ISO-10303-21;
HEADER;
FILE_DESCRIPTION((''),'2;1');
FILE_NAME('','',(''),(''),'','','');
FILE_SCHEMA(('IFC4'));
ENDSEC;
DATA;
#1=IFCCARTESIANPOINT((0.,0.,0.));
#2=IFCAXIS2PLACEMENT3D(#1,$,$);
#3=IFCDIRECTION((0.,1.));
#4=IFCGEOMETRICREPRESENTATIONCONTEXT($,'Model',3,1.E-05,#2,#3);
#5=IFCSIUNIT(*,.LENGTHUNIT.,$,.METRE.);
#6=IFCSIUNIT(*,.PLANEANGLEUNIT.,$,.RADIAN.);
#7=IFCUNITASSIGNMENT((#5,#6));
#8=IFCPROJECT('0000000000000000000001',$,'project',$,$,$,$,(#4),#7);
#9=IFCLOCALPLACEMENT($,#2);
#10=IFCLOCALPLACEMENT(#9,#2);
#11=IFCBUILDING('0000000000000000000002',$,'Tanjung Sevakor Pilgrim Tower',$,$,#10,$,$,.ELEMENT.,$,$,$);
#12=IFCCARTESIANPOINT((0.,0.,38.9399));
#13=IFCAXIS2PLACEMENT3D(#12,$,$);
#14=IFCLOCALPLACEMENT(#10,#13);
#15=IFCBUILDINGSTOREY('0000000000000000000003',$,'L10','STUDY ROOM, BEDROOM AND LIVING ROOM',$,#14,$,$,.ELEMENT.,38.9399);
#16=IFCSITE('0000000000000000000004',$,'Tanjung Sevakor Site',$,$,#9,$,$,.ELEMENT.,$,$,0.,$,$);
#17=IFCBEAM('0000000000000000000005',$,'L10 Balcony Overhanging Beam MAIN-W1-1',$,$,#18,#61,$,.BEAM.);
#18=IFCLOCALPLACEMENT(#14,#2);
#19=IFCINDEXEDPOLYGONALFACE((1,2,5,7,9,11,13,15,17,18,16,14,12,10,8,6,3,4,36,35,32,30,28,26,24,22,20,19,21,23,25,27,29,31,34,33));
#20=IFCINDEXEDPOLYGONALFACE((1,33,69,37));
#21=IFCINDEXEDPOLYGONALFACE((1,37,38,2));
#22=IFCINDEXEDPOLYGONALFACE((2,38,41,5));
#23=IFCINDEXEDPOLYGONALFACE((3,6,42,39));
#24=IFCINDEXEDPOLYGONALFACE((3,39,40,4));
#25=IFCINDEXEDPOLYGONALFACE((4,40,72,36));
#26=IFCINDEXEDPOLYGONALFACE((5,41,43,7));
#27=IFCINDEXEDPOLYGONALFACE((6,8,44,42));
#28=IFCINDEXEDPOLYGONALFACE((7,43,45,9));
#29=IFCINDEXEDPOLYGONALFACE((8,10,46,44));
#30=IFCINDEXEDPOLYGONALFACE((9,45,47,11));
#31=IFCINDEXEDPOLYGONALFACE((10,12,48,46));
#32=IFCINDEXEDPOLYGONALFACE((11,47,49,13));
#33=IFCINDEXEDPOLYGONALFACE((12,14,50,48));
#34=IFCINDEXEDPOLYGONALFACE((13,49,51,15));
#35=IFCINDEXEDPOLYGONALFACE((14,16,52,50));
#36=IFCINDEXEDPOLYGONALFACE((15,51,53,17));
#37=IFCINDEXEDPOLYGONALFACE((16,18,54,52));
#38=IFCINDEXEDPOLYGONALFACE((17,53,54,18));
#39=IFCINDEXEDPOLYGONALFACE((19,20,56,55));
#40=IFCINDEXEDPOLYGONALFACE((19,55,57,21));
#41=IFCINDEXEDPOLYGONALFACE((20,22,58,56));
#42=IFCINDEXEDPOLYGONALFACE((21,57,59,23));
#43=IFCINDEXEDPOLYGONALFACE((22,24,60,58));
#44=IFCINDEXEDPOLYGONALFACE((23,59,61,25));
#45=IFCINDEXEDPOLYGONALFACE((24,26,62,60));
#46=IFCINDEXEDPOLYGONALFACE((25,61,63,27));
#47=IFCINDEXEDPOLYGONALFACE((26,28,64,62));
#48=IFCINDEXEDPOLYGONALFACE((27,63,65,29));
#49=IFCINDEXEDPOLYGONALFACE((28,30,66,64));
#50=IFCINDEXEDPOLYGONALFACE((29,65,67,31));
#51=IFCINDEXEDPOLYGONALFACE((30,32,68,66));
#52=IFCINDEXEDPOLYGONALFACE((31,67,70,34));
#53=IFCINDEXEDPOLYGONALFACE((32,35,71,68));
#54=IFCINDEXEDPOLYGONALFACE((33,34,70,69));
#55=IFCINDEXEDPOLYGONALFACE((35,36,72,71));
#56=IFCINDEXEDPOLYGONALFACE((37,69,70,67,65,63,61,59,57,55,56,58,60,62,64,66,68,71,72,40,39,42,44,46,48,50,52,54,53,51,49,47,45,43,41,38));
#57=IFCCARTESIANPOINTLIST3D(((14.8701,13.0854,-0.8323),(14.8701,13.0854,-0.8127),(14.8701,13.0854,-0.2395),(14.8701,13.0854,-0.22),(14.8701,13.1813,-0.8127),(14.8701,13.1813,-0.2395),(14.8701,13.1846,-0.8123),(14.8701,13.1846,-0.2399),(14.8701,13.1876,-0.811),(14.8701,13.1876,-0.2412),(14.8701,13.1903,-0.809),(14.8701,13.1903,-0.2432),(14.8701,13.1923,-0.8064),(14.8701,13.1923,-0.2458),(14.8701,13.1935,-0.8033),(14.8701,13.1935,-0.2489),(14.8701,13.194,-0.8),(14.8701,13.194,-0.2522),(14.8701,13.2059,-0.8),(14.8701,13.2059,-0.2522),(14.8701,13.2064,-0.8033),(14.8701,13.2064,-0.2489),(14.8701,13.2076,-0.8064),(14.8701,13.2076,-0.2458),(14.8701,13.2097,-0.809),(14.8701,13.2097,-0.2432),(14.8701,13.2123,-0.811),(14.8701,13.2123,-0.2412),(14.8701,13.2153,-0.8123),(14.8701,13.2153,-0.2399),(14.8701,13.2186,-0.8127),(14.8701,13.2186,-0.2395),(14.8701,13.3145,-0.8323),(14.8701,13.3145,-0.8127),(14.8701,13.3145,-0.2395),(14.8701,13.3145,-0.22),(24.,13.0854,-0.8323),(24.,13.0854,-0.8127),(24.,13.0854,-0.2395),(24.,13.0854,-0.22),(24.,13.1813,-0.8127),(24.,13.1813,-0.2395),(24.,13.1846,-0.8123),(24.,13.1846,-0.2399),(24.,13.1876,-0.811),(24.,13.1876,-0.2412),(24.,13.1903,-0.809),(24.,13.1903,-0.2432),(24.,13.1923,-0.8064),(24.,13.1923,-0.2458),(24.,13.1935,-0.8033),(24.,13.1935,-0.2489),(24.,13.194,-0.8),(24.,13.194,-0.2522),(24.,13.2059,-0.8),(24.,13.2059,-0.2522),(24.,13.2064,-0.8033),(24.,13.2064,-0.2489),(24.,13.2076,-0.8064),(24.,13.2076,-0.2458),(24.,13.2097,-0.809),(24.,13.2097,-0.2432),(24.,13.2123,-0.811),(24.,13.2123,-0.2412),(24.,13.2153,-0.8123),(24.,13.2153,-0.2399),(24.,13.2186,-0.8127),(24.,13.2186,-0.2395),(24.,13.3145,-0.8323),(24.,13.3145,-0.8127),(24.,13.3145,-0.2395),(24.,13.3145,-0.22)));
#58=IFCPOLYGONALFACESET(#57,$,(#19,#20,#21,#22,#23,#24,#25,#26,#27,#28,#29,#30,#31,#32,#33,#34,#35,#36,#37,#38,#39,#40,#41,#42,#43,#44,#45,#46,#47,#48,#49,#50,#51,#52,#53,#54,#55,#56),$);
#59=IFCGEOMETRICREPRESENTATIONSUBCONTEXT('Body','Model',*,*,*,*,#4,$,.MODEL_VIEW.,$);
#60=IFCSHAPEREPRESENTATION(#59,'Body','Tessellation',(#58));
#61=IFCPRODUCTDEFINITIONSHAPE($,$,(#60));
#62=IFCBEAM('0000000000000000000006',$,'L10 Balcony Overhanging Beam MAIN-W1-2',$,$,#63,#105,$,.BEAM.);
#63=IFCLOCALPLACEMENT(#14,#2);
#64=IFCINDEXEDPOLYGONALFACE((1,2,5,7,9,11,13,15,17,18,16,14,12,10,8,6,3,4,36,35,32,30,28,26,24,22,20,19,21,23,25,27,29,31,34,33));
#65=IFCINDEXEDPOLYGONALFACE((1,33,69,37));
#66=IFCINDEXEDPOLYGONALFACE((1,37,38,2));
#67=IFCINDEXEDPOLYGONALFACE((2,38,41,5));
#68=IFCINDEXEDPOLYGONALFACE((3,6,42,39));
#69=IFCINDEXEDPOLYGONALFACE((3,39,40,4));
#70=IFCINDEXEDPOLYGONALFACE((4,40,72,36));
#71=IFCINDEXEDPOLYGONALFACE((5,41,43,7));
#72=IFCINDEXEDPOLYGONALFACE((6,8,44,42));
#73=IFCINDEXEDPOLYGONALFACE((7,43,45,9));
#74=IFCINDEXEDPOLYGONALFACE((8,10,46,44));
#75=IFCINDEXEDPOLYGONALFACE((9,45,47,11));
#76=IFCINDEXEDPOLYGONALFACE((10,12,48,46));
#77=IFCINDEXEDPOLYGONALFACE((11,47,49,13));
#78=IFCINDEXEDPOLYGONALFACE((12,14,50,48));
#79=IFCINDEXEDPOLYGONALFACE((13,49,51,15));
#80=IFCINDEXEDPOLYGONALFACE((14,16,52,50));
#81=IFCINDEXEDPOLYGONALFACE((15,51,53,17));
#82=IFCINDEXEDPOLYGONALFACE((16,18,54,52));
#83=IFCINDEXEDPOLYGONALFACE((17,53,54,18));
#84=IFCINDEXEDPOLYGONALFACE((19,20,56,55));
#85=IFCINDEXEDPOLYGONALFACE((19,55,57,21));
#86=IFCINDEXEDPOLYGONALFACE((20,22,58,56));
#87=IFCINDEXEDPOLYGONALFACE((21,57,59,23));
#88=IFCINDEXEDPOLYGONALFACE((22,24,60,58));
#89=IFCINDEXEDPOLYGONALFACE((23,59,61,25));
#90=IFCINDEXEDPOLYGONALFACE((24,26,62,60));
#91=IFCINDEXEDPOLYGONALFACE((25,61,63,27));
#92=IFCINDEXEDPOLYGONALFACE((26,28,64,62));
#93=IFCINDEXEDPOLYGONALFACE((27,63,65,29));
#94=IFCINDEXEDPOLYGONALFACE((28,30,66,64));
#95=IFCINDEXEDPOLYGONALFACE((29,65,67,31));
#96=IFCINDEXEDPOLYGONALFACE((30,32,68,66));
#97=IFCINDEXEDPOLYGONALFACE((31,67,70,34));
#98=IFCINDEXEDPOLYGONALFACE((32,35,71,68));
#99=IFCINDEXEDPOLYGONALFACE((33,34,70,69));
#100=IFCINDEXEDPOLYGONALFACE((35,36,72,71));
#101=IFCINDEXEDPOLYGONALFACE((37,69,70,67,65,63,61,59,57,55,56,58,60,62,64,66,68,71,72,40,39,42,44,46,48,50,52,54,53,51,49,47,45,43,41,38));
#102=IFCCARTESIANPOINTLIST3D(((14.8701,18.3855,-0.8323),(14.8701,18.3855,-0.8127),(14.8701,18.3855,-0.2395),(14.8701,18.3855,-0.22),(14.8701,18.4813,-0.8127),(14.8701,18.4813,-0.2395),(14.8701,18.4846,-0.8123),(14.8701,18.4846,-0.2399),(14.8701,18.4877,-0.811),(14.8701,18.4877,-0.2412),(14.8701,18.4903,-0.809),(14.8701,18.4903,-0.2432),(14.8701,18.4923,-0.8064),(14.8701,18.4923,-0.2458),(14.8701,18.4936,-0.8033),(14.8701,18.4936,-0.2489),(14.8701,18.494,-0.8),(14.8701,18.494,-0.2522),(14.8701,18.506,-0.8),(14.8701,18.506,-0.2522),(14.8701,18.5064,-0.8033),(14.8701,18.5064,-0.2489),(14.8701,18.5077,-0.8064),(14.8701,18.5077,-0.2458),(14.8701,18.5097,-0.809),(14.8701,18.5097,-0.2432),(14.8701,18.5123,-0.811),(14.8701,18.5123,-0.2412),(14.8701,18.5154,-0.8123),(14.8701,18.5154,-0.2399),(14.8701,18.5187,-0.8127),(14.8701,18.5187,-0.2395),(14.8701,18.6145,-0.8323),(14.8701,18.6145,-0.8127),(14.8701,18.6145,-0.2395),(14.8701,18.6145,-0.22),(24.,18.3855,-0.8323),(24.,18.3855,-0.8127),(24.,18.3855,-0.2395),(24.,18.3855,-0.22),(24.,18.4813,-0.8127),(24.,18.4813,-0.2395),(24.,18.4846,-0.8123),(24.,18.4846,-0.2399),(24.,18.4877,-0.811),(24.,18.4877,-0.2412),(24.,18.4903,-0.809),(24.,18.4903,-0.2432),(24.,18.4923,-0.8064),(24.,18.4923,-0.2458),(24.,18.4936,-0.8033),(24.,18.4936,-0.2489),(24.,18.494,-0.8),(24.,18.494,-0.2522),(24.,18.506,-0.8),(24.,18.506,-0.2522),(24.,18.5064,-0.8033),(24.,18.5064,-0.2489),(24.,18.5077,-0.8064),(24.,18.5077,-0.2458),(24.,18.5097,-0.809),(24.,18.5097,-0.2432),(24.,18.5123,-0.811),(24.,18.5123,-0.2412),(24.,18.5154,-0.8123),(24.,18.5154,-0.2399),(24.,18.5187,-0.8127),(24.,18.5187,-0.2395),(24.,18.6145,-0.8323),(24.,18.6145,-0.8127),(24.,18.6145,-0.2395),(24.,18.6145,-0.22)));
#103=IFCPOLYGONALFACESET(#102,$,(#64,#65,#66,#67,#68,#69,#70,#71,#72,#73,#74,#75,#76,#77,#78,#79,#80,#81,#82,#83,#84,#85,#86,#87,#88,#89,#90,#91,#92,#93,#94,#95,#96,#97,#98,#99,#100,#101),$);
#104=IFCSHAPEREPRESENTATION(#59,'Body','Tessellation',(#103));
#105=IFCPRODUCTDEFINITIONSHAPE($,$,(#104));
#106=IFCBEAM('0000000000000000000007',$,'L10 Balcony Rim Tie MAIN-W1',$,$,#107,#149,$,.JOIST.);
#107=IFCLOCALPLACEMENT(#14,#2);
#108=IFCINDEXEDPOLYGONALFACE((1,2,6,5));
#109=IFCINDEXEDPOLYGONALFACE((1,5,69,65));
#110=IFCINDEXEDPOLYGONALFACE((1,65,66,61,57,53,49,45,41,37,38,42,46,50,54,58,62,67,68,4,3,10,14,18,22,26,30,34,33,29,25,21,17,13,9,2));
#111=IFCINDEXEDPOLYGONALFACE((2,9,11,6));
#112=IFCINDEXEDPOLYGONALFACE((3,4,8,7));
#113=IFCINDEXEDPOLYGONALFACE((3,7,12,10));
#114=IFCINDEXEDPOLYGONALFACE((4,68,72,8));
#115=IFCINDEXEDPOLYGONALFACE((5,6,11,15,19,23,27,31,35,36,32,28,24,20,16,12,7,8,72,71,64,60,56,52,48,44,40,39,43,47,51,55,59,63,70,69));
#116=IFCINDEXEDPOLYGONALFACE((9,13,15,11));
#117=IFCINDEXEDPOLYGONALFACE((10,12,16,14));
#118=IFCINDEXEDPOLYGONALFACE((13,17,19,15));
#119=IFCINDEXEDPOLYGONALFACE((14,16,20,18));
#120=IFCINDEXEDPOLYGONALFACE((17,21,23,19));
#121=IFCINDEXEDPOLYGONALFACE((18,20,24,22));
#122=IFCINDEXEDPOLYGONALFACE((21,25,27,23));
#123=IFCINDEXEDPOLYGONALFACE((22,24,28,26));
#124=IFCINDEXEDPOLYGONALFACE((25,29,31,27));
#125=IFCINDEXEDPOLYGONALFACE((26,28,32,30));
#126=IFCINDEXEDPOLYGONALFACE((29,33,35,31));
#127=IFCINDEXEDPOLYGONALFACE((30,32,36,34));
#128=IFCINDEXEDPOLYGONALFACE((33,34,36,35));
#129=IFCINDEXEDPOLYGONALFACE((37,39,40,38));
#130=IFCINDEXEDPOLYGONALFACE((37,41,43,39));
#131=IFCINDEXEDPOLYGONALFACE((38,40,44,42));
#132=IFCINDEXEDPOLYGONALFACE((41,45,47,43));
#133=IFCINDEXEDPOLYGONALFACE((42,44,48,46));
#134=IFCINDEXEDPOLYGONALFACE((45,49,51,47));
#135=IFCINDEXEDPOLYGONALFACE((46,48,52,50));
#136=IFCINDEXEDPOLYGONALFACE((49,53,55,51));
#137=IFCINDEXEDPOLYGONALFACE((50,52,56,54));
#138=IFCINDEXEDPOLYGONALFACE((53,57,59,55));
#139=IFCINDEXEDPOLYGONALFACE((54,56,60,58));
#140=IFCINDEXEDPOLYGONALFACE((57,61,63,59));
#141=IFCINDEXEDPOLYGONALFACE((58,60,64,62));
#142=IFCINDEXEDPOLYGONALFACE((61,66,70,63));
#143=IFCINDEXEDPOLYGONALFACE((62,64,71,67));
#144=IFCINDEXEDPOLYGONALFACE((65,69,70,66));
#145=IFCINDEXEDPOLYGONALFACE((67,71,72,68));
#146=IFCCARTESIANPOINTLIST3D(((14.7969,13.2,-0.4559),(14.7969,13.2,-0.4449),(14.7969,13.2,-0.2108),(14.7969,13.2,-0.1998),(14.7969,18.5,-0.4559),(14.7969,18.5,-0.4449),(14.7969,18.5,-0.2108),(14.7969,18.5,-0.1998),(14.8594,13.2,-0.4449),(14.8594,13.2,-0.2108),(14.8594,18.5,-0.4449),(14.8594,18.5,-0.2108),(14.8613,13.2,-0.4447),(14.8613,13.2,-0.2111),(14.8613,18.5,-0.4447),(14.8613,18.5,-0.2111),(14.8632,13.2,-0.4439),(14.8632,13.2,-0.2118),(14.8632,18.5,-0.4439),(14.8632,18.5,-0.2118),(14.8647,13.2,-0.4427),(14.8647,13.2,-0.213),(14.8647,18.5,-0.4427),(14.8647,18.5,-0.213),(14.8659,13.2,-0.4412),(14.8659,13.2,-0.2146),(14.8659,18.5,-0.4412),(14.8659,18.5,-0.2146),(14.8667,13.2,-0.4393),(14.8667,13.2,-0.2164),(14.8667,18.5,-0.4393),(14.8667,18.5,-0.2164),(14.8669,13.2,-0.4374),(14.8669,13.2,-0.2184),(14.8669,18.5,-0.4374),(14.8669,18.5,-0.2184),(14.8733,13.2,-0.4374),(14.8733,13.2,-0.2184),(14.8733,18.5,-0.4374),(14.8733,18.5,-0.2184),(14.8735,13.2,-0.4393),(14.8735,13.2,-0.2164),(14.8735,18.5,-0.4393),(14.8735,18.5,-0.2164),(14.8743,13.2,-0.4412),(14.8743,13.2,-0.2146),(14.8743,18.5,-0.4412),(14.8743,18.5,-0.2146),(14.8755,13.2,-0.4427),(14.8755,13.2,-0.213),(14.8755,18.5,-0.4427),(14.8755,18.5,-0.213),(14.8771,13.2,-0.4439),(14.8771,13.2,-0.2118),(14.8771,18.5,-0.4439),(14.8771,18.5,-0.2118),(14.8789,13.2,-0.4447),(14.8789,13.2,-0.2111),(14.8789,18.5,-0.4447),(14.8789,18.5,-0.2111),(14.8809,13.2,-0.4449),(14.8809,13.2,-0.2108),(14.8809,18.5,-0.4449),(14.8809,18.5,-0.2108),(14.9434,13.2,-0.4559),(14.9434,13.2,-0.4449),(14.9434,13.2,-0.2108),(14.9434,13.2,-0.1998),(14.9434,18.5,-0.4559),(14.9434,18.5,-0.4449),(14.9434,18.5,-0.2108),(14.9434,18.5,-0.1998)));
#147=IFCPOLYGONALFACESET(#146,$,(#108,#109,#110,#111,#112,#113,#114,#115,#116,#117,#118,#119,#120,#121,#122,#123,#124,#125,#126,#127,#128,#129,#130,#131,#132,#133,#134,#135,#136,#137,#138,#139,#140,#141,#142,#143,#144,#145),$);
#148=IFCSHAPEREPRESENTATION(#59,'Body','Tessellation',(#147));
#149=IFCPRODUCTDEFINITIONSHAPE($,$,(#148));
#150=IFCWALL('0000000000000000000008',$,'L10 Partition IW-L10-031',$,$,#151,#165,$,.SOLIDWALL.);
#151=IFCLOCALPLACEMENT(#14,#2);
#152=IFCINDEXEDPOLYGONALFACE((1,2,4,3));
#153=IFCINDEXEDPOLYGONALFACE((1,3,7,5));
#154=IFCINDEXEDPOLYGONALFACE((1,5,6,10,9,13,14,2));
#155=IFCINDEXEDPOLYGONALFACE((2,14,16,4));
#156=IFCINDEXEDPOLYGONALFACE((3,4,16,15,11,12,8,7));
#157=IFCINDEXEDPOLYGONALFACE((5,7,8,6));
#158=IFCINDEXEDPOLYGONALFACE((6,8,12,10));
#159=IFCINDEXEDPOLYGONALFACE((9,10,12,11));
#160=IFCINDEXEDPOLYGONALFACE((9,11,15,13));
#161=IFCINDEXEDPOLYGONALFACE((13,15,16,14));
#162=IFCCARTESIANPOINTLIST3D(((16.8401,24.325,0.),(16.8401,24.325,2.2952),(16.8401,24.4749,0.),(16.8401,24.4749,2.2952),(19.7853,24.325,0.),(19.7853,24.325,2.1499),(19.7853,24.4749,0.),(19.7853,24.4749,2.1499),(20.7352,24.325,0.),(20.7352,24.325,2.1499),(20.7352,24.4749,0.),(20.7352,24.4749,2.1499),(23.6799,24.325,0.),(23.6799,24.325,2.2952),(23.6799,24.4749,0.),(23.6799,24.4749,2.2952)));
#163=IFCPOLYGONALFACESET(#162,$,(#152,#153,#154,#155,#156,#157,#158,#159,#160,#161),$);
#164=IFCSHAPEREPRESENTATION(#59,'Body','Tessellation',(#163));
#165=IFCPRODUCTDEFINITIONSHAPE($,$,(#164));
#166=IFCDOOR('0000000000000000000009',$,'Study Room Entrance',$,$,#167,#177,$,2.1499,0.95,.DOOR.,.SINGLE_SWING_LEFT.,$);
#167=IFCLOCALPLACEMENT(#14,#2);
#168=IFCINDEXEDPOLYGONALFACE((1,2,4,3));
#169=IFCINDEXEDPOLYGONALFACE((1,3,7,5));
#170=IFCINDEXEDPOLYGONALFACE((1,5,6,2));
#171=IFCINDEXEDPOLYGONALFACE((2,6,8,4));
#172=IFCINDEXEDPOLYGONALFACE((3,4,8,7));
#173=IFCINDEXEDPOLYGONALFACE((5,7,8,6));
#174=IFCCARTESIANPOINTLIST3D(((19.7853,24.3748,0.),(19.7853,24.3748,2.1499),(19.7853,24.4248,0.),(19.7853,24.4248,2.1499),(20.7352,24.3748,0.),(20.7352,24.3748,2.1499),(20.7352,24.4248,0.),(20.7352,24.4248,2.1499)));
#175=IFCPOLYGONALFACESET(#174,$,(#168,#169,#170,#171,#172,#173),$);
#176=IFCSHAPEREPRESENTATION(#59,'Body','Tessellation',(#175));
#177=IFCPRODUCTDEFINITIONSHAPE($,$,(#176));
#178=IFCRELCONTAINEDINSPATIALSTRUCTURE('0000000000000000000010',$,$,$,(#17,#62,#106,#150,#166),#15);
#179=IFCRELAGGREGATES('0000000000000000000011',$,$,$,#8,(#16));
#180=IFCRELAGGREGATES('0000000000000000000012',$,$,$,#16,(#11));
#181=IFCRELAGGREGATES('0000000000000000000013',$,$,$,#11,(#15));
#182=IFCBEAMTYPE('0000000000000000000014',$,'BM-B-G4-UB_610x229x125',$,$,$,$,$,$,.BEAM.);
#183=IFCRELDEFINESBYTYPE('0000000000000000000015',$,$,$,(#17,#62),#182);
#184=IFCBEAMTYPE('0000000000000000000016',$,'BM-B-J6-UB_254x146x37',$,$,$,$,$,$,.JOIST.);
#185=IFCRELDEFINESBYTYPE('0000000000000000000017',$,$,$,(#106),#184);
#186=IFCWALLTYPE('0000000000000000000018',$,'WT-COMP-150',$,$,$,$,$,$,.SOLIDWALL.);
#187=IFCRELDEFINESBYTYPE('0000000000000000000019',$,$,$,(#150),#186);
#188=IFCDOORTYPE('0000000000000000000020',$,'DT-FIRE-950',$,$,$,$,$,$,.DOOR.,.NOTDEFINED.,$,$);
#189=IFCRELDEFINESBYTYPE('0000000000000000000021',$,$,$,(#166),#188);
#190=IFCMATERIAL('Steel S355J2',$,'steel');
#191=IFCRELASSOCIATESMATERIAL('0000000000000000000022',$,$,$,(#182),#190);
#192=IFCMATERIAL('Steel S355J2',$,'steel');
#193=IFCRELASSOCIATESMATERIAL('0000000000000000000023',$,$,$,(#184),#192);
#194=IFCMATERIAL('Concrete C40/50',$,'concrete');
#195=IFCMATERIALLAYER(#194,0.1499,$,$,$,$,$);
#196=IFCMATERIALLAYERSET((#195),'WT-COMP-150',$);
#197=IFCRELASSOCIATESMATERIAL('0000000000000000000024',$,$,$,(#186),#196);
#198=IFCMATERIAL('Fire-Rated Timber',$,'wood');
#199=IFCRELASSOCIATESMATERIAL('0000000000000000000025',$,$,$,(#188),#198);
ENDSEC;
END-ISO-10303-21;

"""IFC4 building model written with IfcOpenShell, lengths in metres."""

from ifc_helpers import new_model, si_unit, direction, frame, frame_2d, origin, origin_2d, place, context, subcontext, project, spatial, rectangle, i_section, extrude, material, layer, layer_set, material_profile, profile_set, type_object, element, fill, save


model = new_model("IFC4")

# Units and contexts
model_context = context("Model", 3, precision=1e-05, world=origin(), true_north=direction((0.0, 1.0)))
body_context = subcontext(model_context, "Body", "Model", "MODEL_VIEW")
ifc_project = project(units=[si_unit("LENGTHUNIT", "METRE"), si_unit("PLANEANGLEUNIT", "RADIAN")], contexts=[model_context])

# Site, building, storey
site_placement = place(None, origin())
site = spatial("IfcSite", under=ifc_project, at=site_placement, Name="Tanjung Sevakor Site", CompositionType="ELEMENT", RefElevation=0.0)
building_placement = place(site_placement, origin())
building = spatial("IfcBuilding", under=site, at=building_placement, Name="Tanjung Sevakor Pilgrim Tower", CompositionType="ELEMENT")
storey_placement = place(building_placement, frame((0.0, 0.0, 38.9399)))
storey = spatial("IfcBuildingStorey", under=building, at=storey_placement, Name="L10", Description="STUDY ROOM, BEDROOM AND LIVING ROOM", CompositionType="ELEMENT", Elevation=38.9399)

# Beams
ifc_material_1 = material(Name="Steel S355J2", Category="steel")
ifc_material_profile_1 = material_profile(ifc_material_1, i_section(OverallWidth=0.229, OverallDepth=0.6123, WebThickness=0.012, FlangeThickness=0.0195, FilletRadius=0.0127, at=origin_2d()))
ifc_profile_set_1 = profile_set([ifc_material_profile_1], Name="Steel S355J2")
beam_type_1 = type_object("IfcBeamType", Name="BM-B-G4-UB_610x229x125", PredefinedType="BEAM", material=ifc_profile_set_1)
for number, where, z_axis, x_axis, name in (
    (1, (24.0, 13.2, -0.5261), (-1.0, 0.0, 0.0), (0.0, -1.0, 0.0), "L10 Balcony Overhanging Beam MAIN-W1-1"),
    (2, (24.0, 18.5, -0.5261), (-1.0, 0.0, 0.0), (0.0, -1.0, 0.0), "L10 Balcony Overhanging Beam MAIN-W1-2"),
):
    element("IfcBeam", number, at=place(storey_placement, frame(where, z_axis=z_axis, x_axis=x_axis)), inside=storey, type_object=beam_type_1, Name=name, PredefinedType="BEAM", context=body_context, shape_type="SweptSolid", body=[
        extrude(i_section(OverallWidth=0.229, OverallDepth=0.6123, WebThickness=0.012, FlangeThickness=0.0195, FilletRadius=0.0127, at=origin_2d()), origin(), (0.0, 0.0, 1.0), 9.1299),
    ])
ifc_material_2 = material(Name="Steel S355J2", Category="steel")
ifc_material_profile_2 = material_profile(ifc_material_2, i_section(OverallWidth=0.1465, OverallDepth=0.2561, WebThickness=0.0063, FlangeThickness=0.011, FilletRadius=0.0076, at=origin_2d()))
ifc_profile_set_2 = profile_set([ifc_material_profile_2], Name="Steel S355J2")
beam_type_2 = type_object("IfcBeamType", Name="BM-B-J6-UB_254x146x37", PredefinedType="JOIST", material=ifc_profile_set_2)
beam_1_placement = place(storey_placement, frame((14.8701, 13.2, -0.3279), z_axis=(0.0, 1.0, 0.0), x_axis=(-1.0, 0.0, 0.0)))
element("IfcBeam", 3, at=beam_1_placement, inside=storey, type_object=beam_type_2, Name="L10 Balcony Rim Tie MAIN-W1", PredefinedType="JOIST", context=body_context, shape_type="SweptSolid", body=[
    extrude(i_section(OverallWidth=0.1465, OverallDepth=0.2561, WebThickness=0.0063, FlangeThickness=0.011, FilletRadius=0.0076, at=origin_2d()), origin(), (0.0, 0.0, 1.0), 5.3),
])

# Wall, opening, door
ifc_material_3 = material(Name="Concrete C40/50", Category="concrete")
ifc_layer_1 = layer(ifc_material_3, 0.1499)
ifc_layer_set_1 = layer_set([ifc_layer_1], Name="WT-COMP-150")
wall_type_1 = type_object("IfcWallType", Name="WT-COMP-150", PredefinedType="SOLIDWALL", material=ifc_layer_set_1)
wall_1_placement = place(storey_placement, frame((16.8401, 24.3999, 0.0), z_axis=(0.0, 0.0, 1.0), x_axis=(1.0, 0.0, 0.0)))
wall_1 = element("IfcWall", 4, at=wall_1_placement, inside=storey, type_object=wall_type_1, Name="L10 Partition IW-L10-031", PredefinedType="SOLIDWALL", context=body_context, shape_type="SweptSolid", body=[
    extrude(rectangle(XDim=6.8398, YDim=0.1499, at=frame_2d((3.4199, 0.0))), origin(), (0.0, 0.0, 1.0), 2.2952),
])
opening_1_placement = place(wall_1_placement, frame((2.9451, 0.0, 0.0)))
opening_1 = element("IfcOpeningElement", 5, at=opening_1_placement, cuts=wall_1, PredefinedType="OPENING", context=body_context, shape_type="SweptSolid", body=[
    extrude(rectangle(XDim=0.95, YDim=2.1499, at=frame_2d((0.4751, 1.075))), frame((0.0, 0.085, 0.0), z_axis=(0.0, -1.0, 0.0), x_axis=(1.0, 0.0, 0.0)), (0.0, 0.0, 1.0), 0.1699),
])
ifc_material_4 = material(Name="Fire-Rated Timber", Category="wood")
door_type = type_object("IfcDoorType", Name="DT-FIRE-950", OperationType="NOTDEFINED", PredefinedType="DOOR", material=ifc_material_4)
door_1_placement = place(opening_1_placement, origin())
door_1 = element("IfcDoor", 6, at=door_1_placement, inside=storey, type_object=door_type, Name="Study Room Entrance", OperationType="SINGLE_SWING_LEFT", OverallHeight=2.1499, OverallWidth=0.95, PredefinedType="DOOR", context=body_context, shape_type="SweptSolid", body=[
    extrude(rectangle(XDim=0.95, YDim=2.1499, at=frame_2d((0.4751, 1.075))), frame((0.0, 0.0249, 0.0), z_axis=(0.0, -1.0, 0.0), x_axis=(1.0, 0.0, 0.0)), (0.0, 0.0, 1.0), 0.05),
])
fill(opening_1, door_1)

save(model, "model.ifc")
